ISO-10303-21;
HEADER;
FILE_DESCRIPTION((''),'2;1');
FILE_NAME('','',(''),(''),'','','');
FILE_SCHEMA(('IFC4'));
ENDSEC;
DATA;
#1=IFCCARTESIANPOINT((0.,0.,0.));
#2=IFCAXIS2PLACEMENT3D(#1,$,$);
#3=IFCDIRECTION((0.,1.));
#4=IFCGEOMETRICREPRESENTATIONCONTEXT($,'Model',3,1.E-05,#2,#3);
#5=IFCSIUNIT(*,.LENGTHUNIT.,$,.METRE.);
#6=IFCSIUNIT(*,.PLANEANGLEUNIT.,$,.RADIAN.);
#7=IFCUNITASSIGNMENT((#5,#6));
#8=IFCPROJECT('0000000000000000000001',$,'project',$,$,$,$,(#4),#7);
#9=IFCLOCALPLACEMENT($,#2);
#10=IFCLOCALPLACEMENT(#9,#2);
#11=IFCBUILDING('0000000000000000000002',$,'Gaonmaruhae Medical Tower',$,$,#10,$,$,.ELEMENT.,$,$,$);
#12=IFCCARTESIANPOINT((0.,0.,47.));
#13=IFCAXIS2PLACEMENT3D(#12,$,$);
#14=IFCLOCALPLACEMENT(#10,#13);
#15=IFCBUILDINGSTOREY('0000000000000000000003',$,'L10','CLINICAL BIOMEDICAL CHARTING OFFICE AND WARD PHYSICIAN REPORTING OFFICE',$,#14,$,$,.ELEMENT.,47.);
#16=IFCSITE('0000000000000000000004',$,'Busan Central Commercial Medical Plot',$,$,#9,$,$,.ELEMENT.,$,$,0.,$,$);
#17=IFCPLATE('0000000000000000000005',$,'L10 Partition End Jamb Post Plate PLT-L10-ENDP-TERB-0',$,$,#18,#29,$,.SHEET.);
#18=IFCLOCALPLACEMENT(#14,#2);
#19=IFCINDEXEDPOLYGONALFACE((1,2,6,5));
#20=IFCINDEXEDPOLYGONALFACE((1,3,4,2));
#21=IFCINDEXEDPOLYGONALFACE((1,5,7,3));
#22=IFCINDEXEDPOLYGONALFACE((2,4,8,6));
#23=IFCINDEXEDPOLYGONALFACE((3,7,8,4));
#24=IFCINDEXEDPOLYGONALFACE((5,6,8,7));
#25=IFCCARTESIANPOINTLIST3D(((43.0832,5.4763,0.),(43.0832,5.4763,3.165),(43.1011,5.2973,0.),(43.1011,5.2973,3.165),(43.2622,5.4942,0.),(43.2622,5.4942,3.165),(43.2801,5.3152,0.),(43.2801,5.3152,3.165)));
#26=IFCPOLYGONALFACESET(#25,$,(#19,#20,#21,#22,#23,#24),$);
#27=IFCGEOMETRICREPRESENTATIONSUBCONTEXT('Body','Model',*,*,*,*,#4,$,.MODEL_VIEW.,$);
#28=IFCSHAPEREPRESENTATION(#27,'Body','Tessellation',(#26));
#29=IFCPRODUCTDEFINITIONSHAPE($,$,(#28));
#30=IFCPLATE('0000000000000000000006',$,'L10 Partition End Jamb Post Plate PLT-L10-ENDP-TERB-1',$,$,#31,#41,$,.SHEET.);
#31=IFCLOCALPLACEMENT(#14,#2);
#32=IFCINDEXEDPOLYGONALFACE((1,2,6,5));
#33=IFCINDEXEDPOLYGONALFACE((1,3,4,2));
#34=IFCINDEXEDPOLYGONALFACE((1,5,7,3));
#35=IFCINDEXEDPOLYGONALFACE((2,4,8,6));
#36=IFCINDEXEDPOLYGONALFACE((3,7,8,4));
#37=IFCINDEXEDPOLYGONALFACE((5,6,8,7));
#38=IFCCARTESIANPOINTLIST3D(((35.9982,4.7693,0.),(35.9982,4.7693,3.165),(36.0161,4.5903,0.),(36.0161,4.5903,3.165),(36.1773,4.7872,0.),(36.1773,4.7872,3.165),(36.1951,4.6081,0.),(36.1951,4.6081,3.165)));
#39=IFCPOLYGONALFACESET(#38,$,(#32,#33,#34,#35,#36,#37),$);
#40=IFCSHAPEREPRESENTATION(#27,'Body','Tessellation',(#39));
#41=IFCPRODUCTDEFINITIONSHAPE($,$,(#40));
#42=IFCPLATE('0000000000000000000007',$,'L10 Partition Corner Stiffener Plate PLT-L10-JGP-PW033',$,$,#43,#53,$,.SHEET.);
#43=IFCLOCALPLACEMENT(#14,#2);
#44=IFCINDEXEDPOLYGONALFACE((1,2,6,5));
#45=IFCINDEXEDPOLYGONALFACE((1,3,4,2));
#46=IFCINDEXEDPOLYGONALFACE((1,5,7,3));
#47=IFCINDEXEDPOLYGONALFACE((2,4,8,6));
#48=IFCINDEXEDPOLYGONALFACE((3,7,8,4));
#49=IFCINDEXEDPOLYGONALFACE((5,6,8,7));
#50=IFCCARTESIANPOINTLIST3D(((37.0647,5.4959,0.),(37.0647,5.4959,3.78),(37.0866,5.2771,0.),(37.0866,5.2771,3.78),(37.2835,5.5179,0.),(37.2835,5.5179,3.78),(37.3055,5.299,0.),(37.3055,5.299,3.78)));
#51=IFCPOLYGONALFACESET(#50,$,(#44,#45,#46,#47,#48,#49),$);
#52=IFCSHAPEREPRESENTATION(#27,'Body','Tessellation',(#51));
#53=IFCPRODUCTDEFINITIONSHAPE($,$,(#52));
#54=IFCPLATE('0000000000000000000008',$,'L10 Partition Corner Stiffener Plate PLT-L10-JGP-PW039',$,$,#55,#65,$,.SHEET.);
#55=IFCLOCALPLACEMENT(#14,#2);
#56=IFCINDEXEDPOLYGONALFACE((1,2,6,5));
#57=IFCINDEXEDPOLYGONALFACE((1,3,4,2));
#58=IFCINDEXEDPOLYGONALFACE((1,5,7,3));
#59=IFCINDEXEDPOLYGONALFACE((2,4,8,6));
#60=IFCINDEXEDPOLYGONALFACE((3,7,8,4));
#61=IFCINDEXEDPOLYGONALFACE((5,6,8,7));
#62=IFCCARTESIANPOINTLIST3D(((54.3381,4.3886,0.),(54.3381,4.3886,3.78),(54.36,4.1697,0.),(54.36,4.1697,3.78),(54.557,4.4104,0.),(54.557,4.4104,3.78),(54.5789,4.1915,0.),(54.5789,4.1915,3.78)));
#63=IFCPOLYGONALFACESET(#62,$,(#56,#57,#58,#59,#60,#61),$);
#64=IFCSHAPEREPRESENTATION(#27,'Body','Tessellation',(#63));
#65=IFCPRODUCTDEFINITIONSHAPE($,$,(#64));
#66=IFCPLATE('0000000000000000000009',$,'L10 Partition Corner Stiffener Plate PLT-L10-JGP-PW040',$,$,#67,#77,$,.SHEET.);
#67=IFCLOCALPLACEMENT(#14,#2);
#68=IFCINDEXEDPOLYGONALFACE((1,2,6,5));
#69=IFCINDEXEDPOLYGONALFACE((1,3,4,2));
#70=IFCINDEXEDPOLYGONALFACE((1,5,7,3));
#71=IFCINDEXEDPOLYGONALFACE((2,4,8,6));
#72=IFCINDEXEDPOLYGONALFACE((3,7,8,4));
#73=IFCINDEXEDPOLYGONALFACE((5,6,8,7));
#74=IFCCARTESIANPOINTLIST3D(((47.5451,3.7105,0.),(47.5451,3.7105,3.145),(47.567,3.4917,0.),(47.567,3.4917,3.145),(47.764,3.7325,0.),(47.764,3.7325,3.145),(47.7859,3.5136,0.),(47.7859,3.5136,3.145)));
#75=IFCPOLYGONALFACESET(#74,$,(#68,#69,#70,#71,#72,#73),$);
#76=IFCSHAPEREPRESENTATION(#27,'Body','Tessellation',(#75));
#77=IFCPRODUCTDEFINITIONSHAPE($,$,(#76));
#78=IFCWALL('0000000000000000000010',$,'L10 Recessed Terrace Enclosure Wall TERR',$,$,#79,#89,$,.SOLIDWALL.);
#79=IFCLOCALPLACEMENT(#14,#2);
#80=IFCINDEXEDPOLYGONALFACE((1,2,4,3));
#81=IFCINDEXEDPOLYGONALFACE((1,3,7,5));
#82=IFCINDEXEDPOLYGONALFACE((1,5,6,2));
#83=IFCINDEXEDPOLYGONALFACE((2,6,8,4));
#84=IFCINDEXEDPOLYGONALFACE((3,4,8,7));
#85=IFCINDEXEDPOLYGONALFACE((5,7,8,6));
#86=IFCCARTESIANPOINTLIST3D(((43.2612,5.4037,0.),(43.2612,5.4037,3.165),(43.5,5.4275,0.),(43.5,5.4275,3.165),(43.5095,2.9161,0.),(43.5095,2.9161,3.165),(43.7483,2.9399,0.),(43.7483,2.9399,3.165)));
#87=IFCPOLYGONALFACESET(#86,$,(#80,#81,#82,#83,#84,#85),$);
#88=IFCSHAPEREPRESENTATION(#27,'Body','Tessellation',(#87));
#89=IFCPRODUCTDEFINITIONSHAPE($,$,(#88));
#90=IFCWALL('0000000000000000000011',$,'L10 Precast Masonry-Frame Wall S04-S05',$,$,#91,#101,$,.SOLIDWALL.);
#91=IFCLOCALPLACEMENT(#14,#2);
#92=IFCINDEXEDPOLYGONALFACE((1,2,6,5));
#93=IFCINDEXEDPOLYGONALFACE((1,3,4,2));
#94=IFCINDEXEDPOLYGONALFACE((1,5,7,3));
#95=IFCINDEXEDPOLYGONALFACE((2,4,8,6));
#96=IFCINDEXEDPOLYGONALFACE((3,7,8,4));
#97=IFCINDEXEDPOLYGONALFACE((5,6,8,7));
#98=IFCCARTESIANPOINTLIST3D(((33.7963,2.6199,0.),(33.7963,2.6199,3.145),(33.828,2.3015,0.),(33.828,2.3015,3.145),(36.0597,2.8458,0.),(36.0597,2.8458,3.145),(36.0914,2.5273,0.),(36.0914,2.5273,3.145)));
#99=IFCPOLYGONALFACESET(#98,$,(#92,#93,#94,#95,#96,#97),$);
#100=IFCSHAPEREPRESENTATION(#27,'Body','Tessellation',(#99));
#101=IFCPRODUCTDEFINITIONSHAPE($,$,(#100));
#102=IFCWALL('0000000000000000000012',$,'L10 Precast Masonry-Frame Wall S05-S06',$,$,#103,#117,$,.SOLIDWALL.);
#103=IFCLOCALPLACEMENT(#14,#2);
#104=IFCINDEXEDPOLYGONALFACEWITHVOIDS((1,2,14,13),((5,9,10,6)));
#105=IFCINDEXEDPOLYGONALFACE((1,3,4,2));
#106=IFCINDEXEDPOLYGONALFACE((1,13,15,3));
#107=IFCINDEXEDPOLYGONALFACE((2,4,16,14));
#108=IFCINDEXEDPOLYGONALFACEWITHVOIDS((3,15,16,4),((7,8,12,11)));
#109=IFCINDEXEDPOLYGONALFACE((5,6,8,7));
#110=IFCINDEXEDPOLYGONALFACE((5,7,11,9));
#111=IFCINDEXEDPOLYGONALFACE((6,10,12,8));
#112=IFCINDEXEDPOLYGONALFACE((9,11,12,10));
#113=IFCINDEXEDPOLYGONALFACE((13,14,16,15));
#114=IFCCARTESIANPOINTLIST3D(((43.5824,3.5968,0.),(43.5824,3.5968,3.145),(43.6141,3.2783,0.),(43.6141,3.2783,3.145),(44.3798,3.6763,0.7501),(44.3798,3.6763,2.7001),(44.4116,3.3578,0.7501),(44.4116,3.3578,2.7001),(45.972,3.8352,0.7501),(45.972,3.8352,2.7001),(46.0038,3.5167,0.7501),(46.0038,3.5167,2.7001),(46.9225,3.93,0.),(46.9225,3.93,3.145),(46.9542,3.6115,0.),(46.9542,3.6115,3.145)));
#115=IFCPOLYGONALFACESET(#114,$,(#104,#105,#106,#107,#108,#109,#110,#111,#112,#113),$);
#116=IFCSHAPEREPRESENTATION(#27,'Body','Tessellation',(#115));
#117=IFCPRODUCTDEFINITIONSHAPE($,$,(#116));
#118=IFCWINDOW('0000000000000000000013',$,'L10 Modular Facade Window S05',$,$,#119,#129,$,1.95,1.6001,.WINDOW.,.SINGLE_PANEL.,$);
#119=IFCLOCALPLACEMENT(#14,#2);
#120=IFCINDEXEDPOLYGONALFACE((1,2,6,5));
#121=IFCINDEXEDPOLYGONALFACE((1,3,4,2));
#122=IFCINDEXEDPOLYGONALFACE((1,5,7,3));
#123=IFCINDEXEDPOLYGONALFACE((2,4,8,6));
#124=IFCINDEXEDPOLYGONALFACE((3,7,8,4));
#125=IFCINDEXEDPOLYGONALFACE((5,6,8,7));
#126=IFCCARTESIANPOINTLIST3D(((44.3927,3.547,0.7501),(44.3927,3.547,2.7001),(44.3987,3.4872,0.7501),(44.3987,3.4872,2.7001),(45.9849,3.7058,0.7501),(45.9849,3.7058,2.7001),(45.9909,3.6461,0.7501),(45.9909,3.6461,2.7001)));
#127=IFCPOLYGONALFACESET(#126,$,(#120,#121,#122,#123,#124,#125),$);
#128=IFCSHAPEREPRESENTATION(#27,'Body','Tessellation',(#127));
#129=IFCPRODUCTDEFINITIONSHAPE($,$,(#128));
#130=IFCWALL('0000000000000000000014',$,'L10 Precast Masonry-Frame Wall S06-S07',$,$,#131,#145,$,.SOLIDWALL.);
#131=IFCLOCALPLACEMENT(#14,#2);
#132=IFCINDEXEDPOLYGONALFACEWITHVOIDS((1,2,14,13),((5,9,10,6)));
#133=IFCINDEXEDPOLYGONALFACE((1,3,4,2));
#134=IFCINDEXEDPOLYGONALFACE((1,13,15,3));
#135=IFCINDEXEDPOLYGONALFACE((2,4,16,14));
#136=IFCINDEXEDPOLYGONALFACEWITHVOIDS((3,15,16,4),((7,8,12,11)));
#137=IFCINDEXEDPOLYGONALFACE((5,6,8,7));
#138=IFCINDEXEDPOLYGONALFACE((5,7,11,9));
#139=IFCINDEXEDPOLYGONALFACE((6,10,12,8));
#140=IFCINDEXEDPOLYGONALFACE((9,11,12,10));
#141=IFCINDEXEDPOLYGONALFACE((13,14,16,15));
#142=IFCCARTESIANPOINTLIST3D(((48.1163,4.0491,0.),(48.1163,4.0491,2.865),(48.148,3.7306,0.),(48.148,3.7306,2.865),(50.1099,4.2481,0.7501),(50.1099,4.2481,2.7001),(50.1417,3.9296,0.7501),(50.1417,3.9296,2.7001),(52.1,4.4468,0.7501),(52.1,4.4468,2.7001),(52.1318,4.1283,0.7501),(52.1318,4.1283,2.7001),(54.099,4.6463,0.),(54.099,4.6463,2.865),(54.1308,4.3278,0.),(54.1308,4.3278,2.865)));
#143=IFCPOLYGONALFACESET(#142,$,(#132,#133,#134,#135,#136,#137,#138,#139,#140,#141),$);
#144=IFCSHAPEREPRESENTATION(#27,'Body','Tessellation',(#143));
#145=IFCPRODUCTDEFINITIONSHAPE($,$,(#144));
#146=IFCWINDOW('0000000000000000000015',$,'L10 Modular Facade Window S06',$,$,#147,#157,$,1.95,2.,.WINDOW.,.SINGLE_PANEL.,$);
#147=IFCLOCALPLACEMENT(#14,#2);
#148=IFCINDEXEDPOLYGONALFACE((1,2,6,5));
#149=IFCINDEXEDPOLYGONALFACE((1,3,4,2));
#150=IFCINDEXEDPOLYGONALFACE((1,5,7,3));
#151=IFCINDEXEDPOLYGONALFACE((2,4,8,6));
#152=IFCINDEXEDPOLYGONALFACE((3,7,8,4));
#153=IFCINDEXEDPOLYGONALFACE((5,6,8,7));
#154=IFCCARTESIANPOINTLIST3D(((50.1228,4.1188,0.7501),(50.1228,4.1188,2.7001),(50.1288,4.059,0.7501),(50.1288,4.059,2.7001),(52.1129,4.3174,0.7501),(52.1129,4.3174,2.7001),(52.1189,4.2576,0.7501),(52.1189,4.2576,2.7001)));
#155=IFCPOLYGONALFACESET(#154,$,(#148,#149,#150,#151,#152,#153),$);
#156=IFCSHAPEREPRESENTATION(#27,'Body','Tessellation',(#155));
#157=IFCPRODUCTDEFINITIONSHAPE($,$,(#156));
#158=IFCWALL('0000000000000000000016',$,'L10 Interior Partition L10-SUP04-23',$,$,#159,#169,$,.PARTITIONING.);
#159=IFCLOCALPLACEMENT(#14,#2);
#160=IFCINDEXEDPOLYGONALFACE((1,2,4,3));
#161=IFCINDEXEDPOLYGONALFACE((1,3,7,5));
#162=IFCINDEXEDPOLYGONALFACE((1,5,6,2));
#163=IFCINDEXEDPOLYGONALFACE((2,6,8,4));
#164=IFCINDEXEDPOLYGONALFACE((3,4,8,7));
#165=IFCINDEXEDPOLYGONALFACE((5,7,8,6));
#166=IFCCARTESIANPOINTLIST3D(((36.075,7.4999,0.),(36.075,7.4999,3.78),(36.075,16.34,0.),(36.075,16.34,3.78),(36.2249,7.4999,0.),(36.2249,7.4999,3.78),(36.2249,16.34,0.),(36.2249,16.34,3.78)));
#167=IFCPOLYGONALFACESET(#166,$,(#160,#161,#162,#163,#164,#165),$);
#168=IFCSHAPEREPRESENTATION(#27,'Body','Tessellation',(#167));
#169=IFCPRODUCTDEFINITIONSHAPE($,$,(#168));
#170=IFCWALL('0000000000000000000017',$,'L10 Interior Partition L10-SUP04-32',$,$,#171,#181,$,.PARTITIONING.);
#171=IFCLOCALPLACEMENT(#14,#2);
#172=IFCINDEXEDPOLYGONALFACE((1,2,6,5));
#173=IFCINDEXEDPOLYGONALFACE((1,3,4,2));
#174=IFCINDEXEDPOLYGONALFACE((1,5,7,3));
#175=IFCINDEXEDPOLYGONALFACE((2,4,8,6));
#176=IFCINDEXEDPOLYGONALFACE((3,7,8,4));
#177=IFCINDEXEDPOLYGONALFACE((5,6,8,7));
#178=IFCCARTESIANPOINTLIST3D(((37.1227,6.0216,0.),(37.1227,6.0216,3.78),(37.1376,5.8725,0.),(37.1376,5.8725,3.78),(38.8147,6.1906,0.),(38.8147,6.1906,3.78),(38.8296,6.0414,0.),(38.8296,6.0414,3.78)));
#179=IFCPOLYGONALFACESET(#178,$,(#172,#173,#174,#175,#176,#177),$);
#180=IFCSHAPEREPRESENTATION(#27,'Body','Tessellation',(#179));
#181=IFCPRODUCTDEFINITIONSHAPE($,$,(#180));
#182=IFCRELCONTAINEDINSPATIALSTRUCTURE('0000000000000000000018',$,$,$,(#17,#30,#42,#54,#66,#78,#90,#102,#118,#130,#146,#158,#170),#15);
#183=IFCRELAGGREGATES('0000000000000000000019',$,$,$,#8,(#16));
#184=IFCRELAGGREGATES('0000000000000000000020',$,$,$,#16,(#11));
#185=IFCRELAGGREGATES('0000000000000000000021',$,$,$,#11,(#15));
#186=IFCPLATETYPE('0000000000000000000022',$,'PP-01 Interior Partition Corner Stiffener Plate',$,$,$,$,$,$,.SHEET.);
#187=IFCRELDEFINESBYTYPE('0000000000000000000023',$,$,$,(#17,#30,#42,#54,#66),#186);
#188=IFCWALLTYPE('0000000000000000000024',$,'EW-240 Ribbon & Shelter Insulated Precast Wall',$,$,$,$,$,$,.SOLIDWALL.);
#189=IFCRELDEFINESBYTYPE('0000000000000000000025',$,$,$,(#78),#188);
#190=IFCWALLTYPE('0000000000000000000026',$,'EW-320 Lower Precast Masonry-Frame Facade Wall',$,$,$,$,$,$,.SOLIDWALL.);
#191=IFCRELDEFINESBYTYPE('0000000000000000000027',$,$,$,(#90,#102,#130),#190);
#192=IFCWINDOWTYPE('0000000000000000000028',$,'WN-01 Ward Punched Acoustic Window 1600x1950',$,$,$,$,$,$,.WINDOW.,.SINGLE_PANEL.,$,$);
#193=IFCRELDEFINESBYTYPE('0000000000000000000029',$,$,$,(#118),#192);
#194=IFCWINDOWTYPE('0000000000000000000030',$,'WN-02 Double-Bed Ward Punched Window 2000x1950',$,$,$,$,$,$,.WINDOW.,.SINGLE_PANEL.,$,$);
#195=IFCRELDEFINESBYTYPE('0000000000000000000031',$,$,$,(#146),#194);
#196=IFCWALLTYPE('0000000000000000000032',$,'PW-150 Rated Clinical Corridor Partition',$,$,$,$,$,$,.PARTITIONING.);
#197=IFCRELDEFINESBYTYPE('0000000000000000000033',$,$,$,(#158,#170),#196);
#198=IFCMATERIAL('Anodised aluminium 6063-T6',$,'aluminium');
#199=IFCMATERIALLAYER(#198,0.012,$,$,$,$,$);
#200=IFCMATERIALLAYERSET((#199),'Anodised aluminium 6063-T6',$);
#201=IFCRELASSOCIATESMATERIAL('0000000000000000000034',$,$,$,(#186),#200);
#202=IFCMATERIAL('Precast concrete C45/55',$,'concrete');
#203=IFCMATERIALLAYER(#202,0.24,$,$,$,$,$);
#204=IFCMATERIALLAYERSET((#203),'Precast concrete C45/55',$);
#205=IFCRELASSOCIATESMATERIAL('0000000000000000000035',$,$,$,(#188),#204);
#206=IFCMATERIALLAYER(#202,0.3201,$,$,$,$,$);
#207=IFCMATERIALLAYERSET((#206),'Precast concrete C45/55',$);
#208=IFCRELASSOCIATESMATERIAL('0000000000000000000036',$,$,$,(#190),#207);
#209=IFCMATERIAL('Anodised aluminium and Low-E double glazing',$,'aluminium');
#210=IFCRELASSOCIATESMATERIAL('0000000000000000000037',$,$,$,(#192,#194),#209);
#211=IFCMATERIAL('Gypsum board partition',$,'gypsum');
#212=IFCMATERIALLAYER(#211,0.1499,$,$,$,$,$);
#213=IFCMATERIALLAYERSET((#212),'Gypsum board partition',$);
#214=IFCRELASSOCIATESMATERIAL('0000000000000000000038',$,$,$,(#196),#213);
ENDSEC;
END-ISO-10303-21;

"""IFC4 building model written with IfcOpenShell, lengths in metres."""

from ifc_helpers import new_model, si_unit, direction, frame, frame_2d, origin, origin_2d, place, context, subcontext, project, spatial, rectangle, extrude, material, layer, layer_set, type_object, element, fill, save


model = new_model("IFC4")

# Units and contexts
model_context = context("Model", 3, precision=1e-05, world=origin(), true_north=direction((0.0, 1.0)))
body_context = subcontext(model_context, "Body", "Model", "MODEL_VIEW")
ifc_project = project(units=[si_unit("LENGTHUNIT", "METRE"), si_unit("PLANEANGLEUNIT", "RADIAN")], contexts=[model_context])

# Site, building, storey
site_placement = place(None, origin())
site = spatial("IfcSite", under=ifc_project, at=site_placement, Name="Busan Central Commercial Medical Plot", CompositionType="ELEMENT", RefElevation=0.0)
building_placement = place(site_placement, origin())
building = spatial("IfcBuilding", under=site, at=building_placement, Name="Gaonmaruhae Medical Tower", CompositionType="ELEMENT")
storey_placement = place(building_placement, frame((0.0, 0.0, 47.0)))
storey = spatial("IfcBuildingStorey", under=building, at=storey_placement, Name="L10", Description="CLINICAL BIOMEDICAL CHARTING OFFICE AND WARD PHYSICIAN REPORTING OFFICE", CompositionType="ELEMENT", Elevation=47.0)

# Plates
ifc_material_1 = material(Name="Anodised aluminium 6063-T6", Category="aluminium")
ifc_layer_1 = layer(ifc_material_1, 0.012)
ifc_layer_set_1 = layer_set([ifc_layer_1], Name="Anodised aluminium 6063-T6")
plate_type = type_object("IfcPlateType", Name="PP-01 Interior Partition Corner Stiffener Plate", PredefinedType="SHEET", material=ifc_layer_set_1)
for number, where, z_axis, x_axis, name in (
    (1, (43.1816, 5.3958, 0.0), (0.0, 0.0, 1.0), (-0.995056, -0.09932, 0.0), "L10 Partition End Jamb Post Plate PLT-L10-ENDP-TERB-0"),
    (2, (36.0967, 4.6887, 0.0), (0.0, 0.0, 1.0), (-0.995056, -0.09932, 0.0), "L10 Partition End Jamb Post Plate PLT-L10-ENDP-TERB-1"),
):
    element("IfcPlate", number, at=place(storey_placement, frame(where, z_axis=z_axis, x_axis=x_axis)), inside=storey, type_object=plate_type, Name=name, PredefinedType="SHEET", context=body_context, shape_type="SweptSolid", body=[
        extrude(rectangle(XDim=0.1799, YDim=0.1799, at=origin_2d()), origin(), (0.0, 0.0, 1.0), 3.165),
    ])
for number, where, z_axis, x_axis, name in (
    (3, (37.1851, 5.3975, 0.0), (0.0, 0.0, 1.0), (0.099598, -0.995028, 0.0), "L10 Partition Corner Stiffener Plate PLT-L10-JGP-PW033"),
    (4, (54.4585, 4.29, 0.0), (0.0, 0.0, 1.0), (-0.995052, -0.099354, 0.0), "L10 Partition Corner Stiffener Plate PLT-L10-JGP-PW039"),
):
    element("IfcPlate", number, at=place(storey_placement, frame(where, z_axis=z_axis, x_axis=x_axis)), inside=storey, type_object=plate_type, Name=name, PredefinedType="SHEET", context=body_context, shape_type="SweptSolid", body=[
        extrude(rectangle(XDim=0.22, YDim=0.22, at=origin_2d()), origin(), (0.0, 0.0, 1.0), 3.78),
    ])
plate_placement = place(storey_placement, frame((47.6655, 3.6121, 0.0), z_axis=(0.0, 0.0, 1.0), x_axis=(-0.995028, -0.099598, 0.0)))
element("IfcPlate", 5, at=plate_placement, inside=storey, type_object=plate_type, Name="L10 Partition Corner Stiffener Plate PLT-L10-JGP-PW040", PredefinedType="SHEET", context=body_context, shape_type="SweptSolid", body=[
    extrude(rectangle(XDim=0.22, YDim=0.22, at=origin_2d()), origin(), (0.0, 0.0, 1.0), 3.145),
])

# Shared definitions
ifc_material_2 = material(Name="Precast concrete C45/55", Category="concrete")
ifc_layer_2 = layer(ifc_material_2, 0.24)
ifc_layer_set_2 = layer_set([ifc_layer_2], Name="Precast concrete C45/55")
wall_type_1 = type_object("IfcWallType", Name="EW-240 Ribbon & Shelter Insulated Precast Wall", PredefinedType="SOLIDWALL", material=ifc_layer_set_2)

# Walls
wall_1_placement = place(storey_placement, frame((43.6289, 2.928, 0.0), z_axis=(0.0, 0.0, 1.0), x_axis=(-0.09932, 0.995056, 0.0)))
element("IfcWall", 6, at=wall_1_placement, inside=storey, type_object=wall_type_1, Name="L10 Recessed Terrace Enclosure Wall TERR", PredefinedType="SOLIDWALL", context=body_context, shape_type="SweptSolid", body=[
    extrude(rectangle(XDim=2.5, YDim=0.24, at=frame_2d((1.25, 0.0))), origin(), (0.0, 0.0, 1.0), 3.165),
])
ifc_layer_3 = layer(ifc_material_2, 0.3201)
ifc_layer_set_3 = layer_set([ifc_layer_3], Name="Precast concrete C45/55")
wall_type_2 = type_object("IfcWallType", Name="EW-320 Lower Precast Masonry-Frame Facade Wall", PredefinedType="SOLIDWALL", material=ifc_layer_set_3)
wall_2_placement = place(storey_placement, frame((36.0754, 2.6865, 0.0), z_axis=(0.0, 0.0, 1.0), x_axis=(-0.995059, -0.099281, 0.0)))
element("IfcWall", 7, at=wall_2_placement, inside=storey, type_object=wall_type_2, Name="L10 Precast Masonry-Frame Wall S04-S05", PredefinedType="SOLIDWALL", context=body_context, shape_type="SweptSolid", body=[
    extrude(rectangle(XDim=2.2747, YDim=0.3201, at=frame_2d((1.1372, 0.0))), origin(), (0.0, 0.0, 1.0), 3.145),
])

# Walls, openings, windows
wall_3_placement = place(storey_placement, frame((46.9382, 3.7708, 0.0), z_axis=(0.0, 0.0, 1.0), x_axis=(-0.995059, -0.09928, 0.0)))
wall_3 = element("IfcWall", 8, at=wall_3_placement, inside=storey, type_object=wall_type_2, Name="L10 Precast Masonry-Frame Wall S05-S06", PredefinedType="SOLIDWALL", context=body_context, shape_type="SweptSolid", body=[
    extrude(rectangle(XDim=3.3567, YDim=0.3201, at=frame_2d((1.6782, 0.0))), origin(), (0.0, 0.0, 1.0), 3.145),
])
opening_1_placement = place(wall_3_placement, frame((0.9551, 0.0, 0.75)))
opening_1 = element("IfcOpeningElement", 9, at=opening_1_placement, cuts=wall_3, PredefinedType="OPENING", context=body_context, shape_type="SweptSolid", body=[
    extrude(rectangle(XDim=1.6001, YDim=1.95, at=frame_2d((0.8, 0.9751))), frame((0.0, 0.1699, 0.0), z_axis=(0.0, -1.0, 0.0), x_axis=(1.0, 0.0, 0.0)), (0.0, 0.0, 1.0), 0.3401),
])
ifc_material_3 = material(Name="Anodised aluminium and Low-E double glazing", Category="aluminium")
window_type_1 = type_object("IfcWindowType", Name="WN-01 Ward Punched Acoustic Window 1600x1950", PartitioningType="SINGLE_PANEL", PredefinedType="WINDOW", material=ifc_material_3)
window_1_placement = place(opening_1_placement, origin())
window_1 = element("IfcWindow", 10, at=window_1_placement, inside=storey, type_object=window_type_1, Name="L10 Modular Facade Window S05", OverallHeight=1.95, OverallWidth=1.6001, PartitioningType="SINGLE_PANEL", PredefinedType="WINDOW", context=body_context, shape_type="SweptSolid", body=[
    extrude(rectangle(XDim=1.6001, YDim=1.95, at=frame_2d((0.8, 0.9751))), frame((0.0, 0.03, 0.0), z_axis=(0.0, -1.0, 0.0), x_axis=(1.0, 0.0, 0.0)), (0.0, 0.0, 1.0), 0.0601),
])
fill(opening_1, window_1)
wall_4_placement = place(storey_placement, frame((54.115, 4.4871, 0.0), z_axis=(0.0, 0.0, 1.0), x_axis=(-0.995055, -0.099323, 0.0)))
wall_4 = element("IfcWall", 11, at=wall_4_placement, inside=storey, type_object=wall_type_2, Name="L10 Precast Masonry-Frame Wall S06-S07", PredefinedType="SOLIDWALL", context=body_context, shape_type="SweptSolid", body=[
    extrude(rectangle(XDim=6.0125, YDim=0.3201, at=frame_2d((3.0063, 0.0))), origin(), (0.0, 0.0, 1.0), 2.865),
])
opening_2_placement = place(wall_4_placement, frame((2.009, 0.0, 0.75)))
opening_2 = element("IfcOpeningElement", 12, at=opening_2_placement, cuts=wall_4, PredefinedType="OPENING", context=body_context, shape_type="SweptSolid", body=[
    extrude(rectangle(XDim=2.0, YDim=1.95, at=frame_2d((1.0, 0.9751))), frame((0.0, 0.1699, 0.0), z_axis=(0.0, -1.0, 0.0), x_axis=(1.0, 0.0, 0.0)), (0.0, 0.0, 1.0), 0.3401),
])
window_type_2 = type_object("IfcWindowType", Name="WN-02 Double-Bed Ward Punched Window 2000x1950", PartitioningType="SINGLE_PANEL", PredefinedType="WINDOW", material=ifc_material_3)
window_2_placement = place(opening_2_placement, origin())
window_2 = element("IfcWindow", 13, at=window_2_placement, inside=storey, type_object=window_type_2, Name="L10 Modular Facade Window S06", OverallHeight=1.95, OverallWidth=2.0, PartitioningType="SINGLE_PANEL", PredefinedType="WINDOW", context=body_context, shape_type="SweptSolid", body=[
    extrude(rectangle(XDim=2.0, YDim=1.95, at=frame_2d((1.0, 0.9751))), frame((0.0, 0.03, 0.0), z_axis=(0.0, -1.0, 0.0), x_axis=(1.0, 0.0, 0.0)), (0.0, 0.0, 1.0), 0.0601),
])
fill(opening_2, window_2)

# Walls
ifc_material_4 = material(Name="Gypsum board partition", Category="gypsum")
ifc_layer_4 = layer(ifc_material_4, 0.1499)
ifc_layer_set_4 = layer_set([ifc_layer_4], Name="Gypsum board partition")
wall_type_3 = type_object("IfcWallType", Name="PW-150 Rated Clinical Corridor Partition", PredefinedType="PARTITIONING", material=ifc_layer_set_4)
wall_5_placement = place(storey_placement, frame((36.1499, 7.5, 0.0), z_axis=(0.0, 0.0, 1.0), x_axis=(0.0, 1.0, 0.0)))
element("IfcWall", 14, at=wall_5_placement, inside=storey, type_object=wall_type_3, Name="L10 Interior Partition L10-SUP04-23", PredefinedType="PARTITIONING", context=body_context, shape_type="SweptSolid", body=[
    extrude(rectangle(XDim=8.8401, YDim=0.1499, at=frame_2d((4.4199, 0.0))), origin(), (0.0, 0.0, 1.0), 3.78),
])
wall_6_placement = place(storey_placement, frame((38.822, 6.116, 0.0), z_axis=(0.0, 0.0, 1.0), x_axis=(-0.995053, -0.099347, 0.0)))
element("IfcWall", 15, at=wall_6_placement, inside=storey, type_object=wall_type_3, Name="L10 Interior Partition L10-SUP04-32", PredefinedType="PARTITIONING", context=body_context, shape_type="SweptSolid", body=[
    extrude(rectangle(XDim=1.7004, YDim=0.1499, at=frame_2d((0.8501, 0.0))), origin(), (0.0, 0.0, 1.0), 3.78),
])

save(model, "model.ifc")
